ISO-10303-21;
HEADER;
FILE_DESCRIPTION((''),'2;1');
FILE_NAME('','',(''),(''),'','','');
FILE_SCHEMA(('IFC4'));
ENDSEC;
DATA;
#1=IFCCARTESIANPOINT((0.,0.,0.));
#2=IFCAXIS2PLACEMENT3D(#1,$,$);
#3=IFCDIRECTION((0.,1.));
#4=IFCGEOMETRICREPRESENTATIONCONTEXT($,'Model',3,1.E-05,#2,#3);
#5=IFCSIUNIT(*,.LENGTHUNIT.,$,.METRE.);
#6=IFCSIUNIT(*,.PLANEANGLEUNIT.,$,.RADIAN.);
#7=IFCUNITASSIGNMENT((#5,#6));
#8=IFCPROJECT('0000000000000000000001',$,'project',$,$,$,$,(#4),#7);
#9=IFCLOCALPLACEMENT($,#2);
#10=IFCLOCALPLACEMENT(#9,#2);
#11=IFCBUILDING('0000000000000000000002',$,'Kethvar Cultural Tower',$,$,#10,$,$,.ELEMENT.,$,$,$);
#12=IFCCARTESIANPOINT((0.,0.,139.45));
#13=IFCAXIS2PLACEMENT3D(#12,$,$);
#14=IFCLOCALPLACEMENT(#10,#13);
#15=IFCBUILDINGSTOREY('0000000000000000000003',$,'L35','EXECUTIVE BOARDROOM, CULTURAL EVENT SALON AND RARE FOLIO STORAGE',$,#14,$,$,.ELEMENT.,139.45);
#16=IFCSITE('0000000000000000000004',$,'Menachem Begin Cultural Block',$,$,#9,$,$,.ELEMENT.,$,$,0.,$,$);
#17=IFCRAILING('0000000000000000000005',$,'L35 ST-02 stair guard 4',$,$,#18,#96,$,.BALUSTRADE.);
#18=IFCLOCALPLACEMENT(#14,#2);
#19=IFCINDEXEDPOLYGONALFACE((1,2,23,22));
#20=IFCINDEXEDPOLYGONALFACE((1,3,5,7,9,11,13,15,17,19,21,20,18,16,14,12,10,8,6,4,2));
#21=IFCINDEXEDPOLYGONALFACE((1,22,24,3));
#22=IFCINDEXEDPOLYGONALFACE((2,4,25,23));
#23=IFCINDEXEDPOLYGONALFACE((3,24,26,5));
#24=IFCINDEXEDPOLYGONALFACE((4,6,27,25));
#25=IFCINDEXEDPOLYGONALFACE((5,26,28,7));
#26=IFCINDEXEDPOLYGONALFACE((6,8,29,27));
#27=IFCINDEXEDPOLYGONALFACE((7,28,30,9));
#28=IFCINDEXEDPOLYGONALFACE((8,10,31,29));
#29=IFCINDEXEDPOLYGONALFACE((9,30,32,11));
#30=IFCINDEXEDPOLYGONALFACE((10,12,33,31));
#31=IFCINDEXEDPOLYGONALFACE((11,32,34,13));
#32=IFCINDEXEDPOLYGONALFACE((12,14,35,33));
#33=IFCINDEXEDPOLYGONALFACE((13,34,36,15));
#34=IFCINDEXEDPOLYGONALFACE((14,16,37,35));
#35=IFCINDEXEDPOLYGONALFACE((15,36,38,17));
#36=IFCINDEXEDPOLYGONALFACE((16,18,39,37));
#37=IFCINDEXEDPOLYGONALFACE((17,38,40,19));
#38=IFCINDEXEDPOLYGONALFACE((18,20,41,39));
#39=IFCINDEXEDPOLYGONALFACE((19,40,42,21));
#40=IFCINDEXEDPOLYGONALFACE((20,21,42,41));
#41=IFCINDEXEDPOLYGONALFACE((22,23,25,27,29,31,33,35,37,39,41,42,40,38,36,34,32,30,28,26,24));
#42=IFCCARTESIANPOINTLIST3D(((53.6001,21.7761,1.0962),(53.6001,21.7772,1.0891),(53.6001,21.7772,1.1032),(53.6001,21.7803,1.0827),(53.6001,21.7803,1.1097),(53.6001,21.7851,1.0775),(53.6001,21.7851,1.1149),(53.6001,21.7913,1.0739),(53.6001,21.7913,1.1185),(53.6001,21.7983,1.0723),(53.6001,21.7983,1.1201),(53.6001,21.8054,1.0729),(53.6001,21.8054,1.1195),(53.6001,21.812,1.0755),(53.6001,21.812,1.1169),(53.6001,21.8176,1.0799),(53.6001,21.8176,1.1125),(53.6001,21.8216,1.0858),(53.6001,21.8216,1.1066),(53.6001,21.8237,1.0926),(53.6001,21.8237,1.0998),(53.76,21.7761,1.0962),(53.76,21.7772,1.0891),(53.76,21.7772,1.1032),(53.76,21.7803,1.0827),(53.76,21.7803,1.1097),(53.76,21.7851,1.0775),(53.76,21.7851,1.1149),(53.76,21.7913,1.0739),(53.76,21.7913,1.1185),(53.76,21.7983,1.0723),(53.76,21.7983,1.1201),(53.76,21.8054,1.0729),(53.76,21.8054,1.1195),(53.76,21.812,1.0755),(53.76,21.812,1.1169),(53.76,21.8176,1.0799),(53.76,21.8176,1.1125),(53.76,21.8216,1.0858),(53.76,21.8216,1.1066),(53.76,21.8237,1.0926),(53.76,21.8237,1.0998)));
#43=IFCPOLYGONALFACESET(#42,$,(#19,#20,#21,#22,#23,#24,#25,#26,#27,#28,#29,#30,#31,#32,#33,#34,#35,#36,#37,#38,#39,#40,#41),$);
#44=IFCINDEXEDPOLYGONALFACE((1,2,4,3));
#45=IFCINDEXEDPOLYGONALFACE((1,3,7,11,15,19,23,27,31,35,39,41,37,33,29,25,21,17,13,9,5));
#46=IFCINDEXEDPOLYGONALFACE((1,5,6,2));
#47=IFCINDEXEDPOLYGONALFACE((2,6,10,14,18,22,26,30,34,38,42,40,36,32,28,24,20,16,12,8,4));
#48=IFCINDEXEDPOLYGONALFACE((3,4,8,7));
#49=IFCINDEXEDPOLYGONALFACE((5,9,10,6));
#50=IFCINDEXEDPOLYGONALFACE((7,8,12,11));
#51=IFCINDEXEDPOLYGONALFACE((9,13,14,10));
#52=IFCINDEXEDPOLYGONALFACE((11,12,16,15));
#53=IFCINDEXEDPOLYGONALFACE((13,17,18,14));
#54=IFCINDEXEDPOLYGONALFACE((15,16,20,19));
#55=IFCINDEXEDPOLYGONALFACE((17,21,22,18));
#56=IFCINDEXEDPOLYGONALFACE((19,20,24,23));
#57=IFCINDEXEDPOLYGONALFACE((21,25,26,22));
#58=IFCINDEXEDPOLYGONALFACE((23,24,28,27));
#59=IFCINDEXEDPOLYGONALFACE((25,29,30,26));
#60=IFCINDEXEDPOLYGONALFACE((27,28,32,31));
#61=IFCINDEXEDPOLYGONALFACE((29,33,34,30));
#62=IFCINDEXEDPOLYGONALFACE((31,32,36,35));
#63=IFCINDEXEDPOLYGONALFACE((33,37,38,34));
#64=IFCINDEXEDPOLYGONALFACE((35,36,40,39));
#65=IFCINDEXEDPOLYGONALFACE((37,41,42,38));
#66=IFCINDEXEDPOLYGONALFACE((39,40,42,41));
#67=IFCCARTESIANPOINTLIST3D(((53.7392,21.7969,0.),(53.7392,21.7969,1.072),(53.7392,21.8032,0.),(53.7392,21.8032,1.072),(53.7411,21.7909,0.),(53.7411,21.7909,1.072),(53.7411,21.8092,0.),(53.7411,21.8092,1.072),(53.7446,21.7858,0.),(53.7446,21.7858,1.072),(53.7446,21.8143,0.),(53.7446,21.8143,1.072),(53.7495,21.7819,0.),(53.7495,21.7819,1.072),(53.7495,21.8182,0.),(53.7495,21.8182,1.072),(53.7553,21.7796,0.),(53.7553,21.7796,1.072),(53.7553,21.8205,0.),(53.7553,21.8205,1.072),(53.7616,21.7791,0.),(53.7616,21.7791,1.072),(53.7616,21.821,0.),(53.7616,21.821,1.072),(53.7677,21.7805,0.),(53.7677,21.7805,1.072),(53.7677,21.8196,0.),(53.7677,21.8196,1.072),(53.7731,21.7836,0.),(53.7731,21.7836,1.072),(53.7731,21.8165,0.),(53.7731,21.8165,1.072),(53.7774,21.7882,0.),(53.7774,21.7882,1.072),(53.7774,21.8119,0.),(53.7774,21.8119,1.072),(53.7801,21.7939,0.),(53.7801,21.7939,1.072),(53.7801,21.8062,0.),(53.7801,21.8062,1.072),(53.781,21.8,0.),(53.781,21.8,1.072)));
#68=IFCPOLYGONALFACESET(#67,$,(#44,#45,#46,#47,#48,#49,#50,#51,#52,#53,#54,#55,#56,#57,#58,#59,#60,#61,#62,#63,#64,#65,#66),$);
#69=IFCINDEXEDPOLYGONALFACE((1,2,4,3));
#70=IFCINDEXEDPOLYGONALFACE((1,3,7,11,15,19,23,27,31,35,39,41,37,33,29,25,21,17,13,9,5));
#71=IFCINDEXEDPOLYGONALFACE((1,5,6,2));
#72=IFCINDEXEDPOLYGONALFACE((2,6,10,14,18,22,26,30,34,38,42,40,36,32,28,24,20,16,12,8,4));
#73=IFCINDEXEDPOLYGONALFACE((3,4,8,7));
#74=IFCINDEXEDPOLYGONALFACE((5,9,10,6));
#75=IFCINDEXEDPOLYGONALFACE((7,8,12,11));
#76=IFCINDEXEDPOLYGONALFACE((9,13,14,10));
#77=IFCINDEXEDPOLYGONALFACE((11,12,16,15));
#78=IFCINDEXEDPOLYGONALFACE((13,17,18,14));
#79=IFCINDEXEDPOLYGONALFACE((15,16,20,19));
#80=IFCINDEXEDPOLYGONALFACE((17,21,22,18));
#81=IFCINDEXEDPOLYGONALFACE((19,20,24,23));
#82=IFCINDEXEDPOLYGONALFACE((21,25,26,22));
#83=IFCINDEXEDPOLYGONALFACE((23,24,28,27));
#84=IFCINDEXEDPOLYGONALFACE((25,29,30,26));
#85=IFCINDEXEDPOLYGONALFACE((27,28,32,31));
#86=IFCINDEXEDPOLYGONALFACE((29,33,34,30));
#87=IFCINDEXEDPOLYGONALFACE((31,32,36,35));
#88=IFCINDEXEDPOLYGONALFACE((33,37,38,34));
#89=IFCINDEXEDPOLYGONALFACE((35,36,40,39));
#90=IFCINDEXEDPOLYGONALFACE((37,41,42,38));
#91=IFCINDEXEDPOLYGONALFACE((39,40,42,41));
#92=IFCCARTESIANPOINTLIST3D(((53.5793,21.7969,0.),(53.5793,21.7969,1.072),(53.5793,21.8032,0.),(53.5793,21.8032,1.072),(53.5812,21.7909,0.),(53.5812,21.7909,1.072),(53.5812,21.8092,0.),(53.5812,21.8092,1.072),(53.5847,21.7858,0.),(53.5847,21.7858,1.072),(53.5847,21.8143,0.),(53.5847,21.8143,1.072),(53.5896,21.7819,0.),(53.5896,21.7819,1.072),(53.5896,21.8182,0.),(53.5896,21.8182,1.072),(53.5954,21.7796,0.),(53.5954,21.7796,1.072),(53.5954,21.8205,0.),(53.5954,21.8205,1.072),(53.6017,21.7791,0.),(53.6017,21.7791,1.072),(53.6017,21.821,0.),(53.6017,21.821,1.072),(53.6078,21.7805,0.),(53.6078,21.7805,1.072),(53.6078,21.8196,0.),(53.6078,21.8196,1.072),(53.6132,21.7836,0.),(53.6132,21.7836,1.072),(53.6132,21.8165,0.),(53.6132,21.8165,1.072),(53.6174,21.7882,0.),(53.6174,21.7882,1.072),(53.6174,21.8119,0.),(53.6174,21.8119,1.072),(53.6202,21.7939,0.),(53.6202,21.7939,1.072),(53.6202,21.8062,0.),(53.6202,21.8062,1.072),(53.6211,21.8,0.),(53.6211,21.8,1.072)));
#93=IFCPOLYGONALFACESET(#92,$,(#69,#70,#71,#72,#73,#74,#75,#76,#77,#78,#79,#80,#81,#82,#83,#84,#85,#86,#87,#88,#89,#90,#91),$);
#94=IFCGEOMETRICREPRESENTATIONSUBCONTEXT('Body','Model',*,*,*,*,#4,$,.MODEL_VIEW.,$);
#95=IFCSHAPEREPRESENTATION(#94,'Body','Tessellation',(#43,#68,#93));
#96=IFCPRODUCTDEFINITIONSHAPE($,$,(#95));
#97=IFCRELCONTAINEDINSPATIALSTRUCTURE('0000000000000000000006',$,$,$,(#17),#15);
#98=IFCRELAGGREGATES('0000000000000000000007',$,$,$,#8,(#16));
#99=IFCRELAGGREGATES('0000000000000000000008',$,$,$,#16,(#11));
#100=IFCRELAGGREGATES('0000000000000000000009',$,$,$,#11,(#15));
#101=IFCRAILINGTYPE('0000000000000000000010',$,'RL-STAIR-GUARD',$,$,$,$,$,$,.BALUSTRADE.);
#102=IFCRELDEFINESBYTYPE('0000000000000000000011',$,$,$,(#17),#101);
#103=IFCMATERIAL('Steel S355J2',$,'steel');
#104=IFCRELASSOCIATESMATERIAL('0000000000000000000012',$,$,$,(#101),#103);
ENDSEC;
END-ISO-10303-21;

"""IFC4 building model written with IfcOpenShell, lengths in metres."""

from ifc_helpers import new_model, si_unit, direction, frame, origin, origin_2d, place, context, subcontext, project, spatial, circle, extrude, material, type_object, element, save


model = new_model("IFC4")

# Units and contexts
model_context = context("Model", 3, precision=1e-05, world=origin(), true_north=direction((0.0, 1.0)))
body_context = subcontext(model_context, "Body", "Model", "MODEL_VIEW")
ifc_project = project(units=[si_unit("LENGTHUNIT", "METRE"), si_unit("PLANEANGLEUNIT", "RADIAN")], contexts=[model_context])

# Site, building, storey
site_placement = place(None, origin())
site = spatial("IfcSite", under=ifc_project, at=site_placement, Name="Menachem Begin Cultural Block", CompositionType="ELEMENT", RefElevation=0.0)
building_placement = place(site_placement, origin())
building = spatial("IfcBuilding", under=site, at=building_placement, Name="Kethvar Cultural Tower", CompositionType="ELEMENT")
storey_placement = place(building_placement, frame((0.0, 0.0, 139.45)))
storey = spatial("IfcBuildingStorey", under=building, at=storey_placement, Name="L35", Description="EXECUTIVE BOARDROOM, CULTURAL EVENT SALON AND RARE FOLIO STORAGE", CompositionType="ELEMENT", Elevation=139.45)

# Shared definitions
ifc_material_1 = material(Name="Steel S355J2", Category="steel")

# Railing
railing_type_1 = type_object("IfcRailingType", Name="RL-STAIR-GUARD", PredefinedType="BALUSTRADE", material=ifc_material_1)
railing_1_placement = place(storey_placement, frame((53.76, 21.8, 0.0)))
element("IfcRailing", 1, at=railing_1_placement, inside=storey, type_object=railing_type_1, Name="L35 ST-02 stair guard 4", PredefinedType="BALUSTRADE", context=body_context, shape_type="SweptSolid", body=[
    extrude(circle(Radius=0.0239, at=origin_2d()), frame((0.0, 0.0, 1.0962), z_axis=(-1.0, 0.0, 0.0), x_axis=(0.0, -1.0, 0.0)), (0.0, 0.0, 1.0), 0.1599),
    extrude(circle(Radius=0.021, at=origin_2d()), origin(), (0.0, 0.0, 1.0), 1.072),
    extrude(circle(Radius=0.021, at=origin_2d()), frame((-0.1599, 0.0, 0.0)), (0.0, 0.0, 1.0), 1.072),
])

save(model, "model.ifc")
